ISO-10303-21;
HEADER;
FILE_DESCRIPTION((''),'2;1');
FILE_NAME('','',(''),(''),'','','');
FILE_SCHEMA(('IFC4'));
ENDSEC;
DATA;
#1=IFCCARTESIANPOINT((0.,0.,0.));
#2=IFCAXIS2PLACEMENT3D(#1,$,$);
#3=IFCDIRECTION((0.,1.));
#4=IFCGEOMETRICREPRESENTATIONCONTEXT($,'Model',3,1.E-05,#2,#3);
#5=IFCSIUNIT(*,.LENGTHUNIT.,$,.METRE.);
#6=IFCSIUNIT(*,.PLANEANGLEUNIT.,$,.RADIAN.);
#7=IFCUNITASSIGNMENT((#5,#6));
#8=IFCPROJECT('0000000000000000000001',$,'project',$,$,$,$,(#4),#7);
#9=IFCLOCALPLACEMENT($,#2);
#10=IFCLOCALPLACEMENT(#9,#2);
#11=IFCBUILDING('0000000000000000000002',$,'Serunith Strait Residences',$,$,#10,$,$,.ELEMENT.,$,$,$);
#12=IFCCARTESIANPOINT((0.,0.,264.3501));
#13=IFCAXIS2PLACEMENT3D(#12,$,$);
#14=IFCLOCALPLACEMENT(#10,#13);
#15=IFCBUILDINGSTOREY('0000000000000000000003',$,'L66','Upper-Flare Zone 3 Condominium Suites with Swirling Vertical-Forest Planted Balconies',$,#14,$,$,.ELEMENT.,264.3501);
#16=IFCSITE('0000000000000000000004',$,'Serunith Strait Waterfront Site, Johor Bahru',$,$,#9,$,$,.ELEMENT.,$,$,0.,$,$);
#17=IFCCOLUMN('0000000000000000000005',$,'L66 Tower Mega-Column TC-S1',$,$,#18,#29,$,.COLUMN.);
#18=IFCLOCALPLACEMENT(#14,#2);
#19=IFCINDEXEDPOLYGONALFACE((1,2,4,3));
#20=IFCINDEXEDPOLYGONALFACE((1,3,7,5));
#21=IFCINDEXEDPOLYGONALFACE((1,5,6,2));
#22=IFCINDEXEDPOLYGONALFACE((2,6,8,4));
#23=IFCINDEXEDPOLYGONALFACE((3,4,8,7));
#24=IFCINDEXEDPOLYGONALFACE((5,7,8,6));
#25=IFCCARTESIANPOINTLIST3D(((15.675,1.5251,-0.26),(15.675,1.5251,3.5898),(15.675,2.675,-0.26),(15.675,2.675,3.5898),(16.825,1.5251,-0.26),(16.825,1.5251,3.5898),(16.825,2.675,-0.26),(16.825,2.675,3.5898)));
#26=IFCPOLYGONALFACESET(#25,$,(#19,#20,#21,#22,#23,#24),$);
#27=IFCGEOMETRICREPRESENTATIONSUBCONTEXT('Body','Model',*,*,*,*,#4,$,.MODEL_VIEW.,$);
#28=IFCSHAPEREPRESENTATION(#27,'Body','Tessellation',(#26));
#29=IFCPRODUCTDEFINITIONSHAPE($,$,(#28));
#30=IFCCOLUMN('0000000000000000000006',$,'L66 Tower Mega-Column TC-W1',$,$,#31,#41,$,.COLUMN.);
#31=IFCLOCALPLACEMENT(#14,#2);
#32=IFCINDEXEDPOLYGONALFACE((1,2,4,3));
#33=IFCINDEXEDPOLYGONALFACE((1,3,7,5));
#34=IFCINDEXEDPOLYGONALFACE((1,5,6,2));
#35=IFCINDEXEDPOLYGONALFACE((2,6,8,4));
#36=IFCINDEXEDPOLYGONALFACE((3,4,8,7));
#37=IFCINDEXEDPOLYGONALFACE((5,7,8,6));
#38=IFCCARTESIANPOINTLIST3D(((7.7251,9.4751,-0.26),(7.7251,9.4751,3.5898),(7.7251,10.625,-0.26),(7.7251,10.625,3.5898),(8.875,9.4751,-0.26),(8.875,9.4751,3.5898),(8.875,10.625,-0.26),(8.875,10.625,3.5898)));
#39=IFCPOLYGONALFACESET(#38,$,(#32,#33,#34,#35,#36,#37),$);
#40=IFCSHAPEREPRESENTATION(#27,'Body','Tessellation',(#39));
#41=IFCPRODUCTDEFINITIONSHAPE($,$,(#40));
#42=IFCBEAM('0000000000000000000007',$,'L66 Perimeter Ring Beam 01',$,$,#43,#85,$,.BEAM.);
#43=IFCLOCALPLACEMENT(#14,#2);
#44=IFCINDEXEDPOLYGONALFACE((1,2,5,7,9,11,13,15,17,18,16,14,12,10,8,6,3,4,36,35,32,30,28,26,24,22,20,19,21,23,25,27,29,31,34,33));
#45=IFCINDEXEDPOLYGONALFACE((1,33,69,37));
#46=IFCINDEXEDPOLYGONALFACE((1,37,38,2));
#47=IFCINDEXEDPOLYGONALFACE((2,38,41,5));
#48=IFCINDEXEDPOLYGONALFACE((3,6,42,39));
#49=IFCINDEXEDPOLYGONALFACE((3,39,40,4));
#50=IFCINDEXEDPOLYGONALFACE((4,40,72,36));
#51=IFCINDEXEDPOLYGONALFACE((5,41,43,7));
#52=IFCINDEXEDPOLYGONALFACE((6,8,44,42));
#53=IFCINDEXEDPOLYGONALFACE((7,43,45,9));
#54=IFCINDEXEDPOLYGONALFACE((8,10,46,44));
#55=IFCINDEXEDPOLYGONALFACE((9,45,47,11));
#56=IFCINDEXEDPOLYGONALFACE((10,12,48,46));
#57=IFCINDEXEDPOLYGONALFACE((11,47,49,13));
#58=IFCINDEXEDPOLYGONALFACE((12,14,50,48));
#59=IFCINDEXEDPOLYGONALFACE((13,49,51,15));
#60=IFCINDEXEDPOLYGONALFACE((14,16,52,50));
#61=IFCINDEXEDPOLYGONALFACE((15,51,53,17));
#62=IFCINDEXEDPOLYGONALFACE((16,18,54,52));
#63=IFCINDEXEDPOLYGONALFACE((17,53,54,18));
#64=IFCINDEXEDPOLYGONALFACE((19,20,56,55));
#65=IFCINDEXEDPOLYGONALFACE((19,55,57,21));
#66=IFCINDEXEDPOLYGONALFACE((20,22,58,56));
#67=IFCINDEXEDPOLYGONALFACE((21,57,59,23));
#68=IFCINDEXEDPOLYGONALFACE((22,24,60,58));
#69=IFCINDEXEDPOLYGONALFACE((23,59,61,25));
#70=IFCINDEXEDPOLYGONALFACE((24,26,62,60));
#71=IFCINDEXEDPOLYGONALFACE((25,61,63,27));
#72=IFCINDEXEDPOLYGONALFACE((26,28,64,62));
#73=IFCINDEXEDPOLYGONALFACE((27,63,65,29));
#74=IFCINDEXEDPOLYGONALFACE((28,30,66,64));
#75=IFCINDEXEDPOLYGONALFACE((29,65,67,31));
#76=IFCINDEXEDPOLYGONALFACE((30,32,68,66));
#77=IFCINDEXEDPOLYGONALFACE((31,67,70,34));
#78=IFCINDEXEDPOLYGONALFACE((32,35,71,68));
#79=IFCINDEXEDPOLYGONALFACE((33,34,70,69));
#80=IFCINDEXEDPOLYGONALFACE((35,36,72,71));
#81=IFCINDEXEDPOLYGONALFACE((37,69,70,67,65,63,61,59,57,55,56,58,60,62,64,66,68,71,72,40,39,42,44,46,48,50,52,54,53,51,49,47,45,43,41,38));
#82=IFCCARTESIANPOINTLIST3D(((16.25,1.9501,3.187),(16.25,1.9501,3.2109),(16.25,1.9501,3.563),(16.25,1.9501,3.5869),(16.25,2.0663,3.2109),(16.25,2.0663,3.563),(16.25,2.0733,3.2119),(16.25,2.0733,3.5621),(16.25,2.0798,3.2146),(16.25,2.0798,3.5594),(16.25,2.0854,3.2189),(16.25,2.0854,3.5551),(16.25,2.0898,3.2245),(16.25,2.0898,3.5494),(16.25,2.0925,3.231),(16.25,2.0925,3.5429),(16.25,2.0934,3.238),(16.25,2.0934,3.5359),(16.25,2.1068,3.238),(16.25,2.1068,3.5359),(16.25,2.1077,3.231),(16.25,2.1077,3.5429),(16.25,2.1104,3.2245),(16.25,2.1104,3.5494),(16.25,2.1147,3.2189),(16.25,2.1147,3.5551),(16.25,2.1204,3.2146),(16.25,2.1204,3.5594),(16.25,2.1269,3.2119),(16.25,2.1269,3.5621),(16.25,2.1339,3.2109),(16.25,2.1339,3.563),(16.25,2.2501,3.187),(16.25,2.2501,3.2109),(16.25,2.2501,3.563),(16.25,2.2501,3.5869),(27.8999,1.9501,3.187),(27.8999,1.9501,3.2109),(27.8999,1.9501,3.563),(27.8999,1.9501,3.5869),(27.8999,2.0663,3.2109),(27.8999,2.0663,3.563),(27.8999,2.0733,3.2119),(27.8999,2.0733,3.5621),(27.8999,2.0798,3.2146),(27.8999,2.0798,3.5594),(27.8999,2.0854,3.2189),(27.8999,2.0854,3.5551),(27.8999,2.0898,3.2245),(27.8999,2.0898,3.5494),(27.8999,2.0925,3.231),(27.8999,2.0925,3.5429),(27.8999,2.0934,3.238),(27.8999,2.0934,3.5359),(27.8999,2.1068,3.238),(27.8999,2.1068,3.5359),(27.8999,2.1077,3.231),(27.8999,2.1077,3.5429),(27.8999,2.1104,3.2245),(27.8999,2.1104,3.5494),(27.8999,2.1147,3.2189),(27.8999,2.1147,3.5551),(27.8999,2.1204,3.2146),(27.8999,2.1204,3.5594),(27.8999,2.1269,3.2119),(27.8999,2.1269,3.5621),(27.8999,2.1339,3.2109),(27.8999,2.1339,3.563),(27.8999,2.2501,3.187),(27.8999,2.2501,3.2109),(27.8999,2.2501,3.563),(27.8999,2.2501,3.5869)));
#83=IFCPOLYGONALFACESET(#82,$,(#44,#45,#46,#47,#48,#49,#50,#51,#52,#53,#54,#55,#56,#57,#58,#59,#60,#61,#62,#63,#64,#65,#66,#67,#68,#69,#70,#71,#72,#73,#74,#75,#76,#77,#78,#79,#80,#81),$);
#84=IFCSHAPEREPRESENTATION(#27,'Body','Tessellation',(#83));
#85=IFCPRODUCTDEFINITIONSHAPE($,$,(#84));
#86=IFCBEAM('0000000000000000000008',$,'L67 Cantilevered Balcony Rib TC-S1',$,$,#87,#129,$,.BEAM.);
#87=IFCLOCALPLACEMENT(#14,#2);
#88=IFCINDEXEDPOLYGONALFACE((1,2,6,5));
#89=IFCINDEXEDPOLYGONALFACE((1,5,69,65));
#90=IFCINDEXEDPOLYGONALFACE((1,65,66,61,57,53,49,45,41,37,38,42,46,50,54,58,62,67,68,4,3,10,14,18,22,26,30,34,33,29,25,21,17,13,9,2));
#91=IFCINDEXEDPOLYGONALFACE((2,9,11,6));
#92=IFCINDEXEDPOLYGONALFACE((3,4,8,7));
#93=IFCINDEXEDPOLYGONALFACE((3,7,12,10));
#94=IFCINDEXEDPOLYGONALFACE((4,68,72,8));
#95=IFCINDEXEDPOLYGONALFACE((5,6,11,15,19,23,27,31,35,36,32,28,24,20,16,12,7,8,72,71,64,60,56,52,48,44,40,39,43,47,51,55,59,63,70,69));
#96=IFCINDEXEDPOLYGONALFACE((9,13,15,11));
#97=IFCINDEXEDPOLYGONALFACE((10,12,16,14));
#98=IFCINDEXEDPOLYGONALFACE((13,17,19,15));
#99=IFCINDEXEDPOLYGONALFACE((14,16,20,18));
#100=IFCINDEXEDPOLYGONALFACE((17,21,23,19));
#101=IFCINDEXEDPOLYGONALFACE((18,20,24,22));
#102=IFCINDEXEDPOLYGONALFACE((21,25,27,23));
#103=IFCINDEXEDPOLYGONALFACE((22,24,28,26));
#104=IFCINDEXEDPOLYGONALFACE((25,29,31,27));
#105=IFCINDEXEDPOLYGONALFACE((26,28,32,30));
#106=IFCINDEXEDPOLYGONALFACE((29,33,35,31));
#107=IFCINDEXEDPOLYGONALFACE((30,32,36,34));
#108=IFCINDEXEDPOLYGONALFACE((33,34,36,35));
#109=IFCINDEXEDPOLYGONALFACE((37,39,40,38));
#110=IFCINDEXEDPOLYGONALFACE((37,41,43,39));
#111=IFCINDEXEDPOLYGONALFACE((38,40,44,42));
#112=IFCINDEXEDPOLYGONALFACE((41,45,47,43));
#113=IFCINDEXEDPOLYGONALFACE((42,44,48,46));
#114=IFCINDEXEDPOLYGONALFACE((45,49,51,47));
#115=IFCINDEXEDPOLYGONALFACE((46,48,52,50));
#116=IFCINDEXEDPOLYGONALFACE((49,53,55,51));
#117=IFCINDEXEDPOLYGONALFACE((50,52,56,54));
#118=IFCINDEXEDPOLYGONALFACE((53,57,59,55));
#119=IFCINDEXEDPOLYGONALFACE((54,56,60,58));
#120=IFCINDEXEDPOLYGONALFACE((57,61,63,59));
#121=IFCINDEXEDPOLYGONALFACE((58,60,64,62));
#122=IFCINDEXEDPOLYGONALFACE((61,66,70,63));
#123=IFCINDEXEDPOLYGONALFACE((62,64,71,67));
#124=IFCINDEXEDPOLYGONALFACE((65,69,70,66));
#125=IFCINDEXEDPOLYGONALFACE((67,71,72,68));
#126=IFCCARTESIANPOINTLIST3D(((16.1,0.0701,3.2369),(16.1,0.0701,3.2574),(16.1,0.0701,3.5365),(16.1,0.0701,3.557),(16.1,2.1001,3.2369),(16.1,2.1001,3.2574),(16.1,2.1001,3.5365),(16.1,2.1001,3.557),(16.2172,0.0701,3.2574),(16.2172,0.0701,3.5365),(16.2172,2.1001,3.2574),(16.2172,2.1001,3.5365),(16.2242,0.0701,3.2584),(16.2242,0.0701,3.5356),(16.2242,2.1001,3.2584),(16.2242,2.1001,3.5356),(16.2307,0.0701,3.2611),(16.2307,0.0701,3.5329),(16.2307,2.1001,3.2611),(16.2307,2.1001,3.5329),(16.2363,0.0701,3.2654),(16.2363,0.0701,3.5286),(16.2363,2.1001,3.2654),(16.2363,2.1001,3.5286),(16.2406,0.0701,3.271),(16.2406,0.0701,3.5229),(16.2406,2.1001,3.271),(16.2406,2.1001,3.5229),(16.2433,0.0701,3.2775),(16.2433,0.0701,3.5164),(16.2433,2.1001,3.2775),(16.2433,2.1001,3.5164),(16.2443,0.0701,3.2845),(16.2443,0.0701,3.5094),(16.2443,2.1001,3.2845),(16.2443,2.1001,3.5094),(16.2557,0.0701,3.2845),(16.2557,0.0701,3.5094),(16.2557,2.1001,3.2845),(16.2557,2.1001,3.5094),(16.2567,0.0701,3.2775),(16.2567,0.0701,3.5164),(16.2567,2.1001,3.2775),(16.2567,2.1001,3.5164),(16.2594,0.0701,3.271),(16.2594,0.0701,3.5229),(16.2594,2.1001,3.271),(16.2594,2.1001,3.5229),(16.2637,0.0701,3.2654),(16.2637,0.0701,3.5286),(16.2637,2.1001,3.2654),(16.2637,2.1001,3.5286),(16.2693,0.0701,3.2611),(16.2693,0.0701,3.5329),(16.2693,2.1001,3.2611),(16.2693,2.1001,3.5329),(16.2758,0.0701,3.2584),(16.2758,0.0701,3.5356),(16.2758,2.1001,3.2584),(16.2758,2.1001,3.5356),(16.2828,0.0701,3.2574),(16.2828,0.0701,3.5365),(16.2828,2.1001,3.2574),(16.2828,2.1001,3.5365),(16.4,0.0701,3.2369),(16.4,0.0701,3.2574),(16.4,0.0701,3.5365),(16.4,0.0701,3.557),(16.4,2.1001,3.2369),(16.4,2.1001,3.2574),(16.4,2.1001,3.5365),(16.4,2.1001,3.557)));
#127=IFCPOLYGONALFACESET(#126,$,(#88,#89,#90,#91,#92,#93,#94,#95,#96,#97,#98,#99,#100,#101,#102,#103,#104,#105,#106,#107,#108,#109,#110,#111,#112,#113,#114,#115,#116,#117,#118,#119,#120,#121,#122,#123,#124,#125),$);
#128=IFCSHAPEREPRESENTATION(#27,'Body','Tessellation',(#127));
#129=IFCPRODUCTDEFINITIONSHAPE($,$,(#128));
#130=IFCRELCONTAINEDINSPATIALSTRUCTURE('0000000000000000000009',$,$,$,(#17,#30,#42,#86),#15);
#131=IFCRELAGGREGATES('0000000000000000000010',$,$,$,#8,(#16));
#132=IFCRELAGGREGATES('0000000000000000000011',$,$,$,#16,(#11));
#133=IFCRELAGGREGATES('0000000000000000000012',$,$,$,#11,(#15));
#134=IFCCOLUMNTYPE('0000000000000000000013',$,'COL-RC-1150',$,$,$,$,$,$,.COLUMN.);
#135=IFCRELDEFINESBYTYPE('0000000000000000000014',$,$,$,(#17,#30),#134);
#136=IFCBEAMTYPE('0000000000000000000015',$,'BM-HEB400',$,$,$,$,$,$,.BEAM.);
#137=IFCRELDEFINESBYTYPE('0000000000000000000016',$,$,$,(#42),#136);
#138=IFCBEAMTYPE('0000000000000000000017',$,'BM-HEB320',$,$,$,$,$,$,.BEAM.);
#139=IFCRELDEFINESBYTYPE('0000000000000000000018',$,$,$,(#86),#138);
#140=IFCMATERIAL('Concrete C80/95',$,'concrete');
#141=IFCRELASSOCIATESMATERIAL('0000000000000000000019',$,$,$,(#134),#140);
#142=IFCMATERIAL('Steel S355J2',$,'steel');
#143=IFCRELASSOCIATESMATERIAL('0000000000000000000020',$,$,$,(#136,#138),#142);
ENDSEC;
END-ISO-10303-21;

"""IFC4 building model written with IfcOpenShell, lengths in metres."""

from ifc_helpers import new_model, si_unit, direction, frame, origin, origin_2d, place, context, subcontext, project, spatial, rectangle, i_section, extrude, source, transform, mapped, material, material_profile, profile_set, type_object, element, save


model = new_model("IFC4")

# Units and contexts
model_context = context("Model", 3, precision=1e-05, world=origin(), true_north=direction((0.0, 1.0)))
body_context = subcontext(model_context, "Body", "Model", "MODEL_VIEW")
ifc_project = project(units=[si_unit("LENGTHUNIT", "METRE"), si_unit("PLANEANGLEUNIT", "RADIAN")], contexts=[model_context])

# Site, building, storey
site_placement = place(None, origin())
site = spatial("IfcSite", under=ifc_project, at=site_placement, Name="Serunith Strait Waterfront Site, Johor Bahru", CompositionType="ELEMENT", RefElevation=0.0)
building_placement = place(site_placement, origin())
building = spatial("IfcBuilding", under=site, at=building_placement, Name="Serunith Strait Residences", CompositionType="ELEMENT")
storey_placement = place(building_placement, frame((0.0, 0.0, 264.3501)))
storey = spatial("IfcBuildingStorey", under=building, at=storey_placement, Name="L66", Description="Upper-Flare Zone 3 Condominium Suites with Swirling Vertical-Forest Planted Balconies", CompositionType="ELEMENT", Elevation=264.3501)

# Columns
ifc_material_1 = material(Name="Concrete C80/95", Category="concrete")
ifc_material_profile_1 = material_profile(ifc_material_1, rectangle(XDim=1.1499, YDim=1.1499, at=origin_2d()), Name="RC 1150x1150")
ifc_profile_set_1 = profile_set([ifc_material_profile_1], Name="Concrete C80/95")
column_type = type_object("IfcColumnType", Name="COL-RC-1150", PredefinedType="COLUMN", material=ifc_profile_set_1)
shared_shape_1 = source(origin(), body_context, "Body", "SweptSolid", [
    extrude(rectangle(XDim=1.1499, YDim=1.1499, at=origin_2d()), origin(), (0.0, 0.0, 1.0), 3.8499),
])
for number, where, z_axis, x_axis, name in (
    (1, (16.25, 2.1001, -0.26), (0.0, 0.0, 1.0), (1.0, 0.0, 0.0), "L66 Tower Mega-Column TC-S1"),
    (2, (8.3, 10.05, -0.26), (0.0, 0.0, 1.0), (1.0, 0.0, 0.0), "L66 Tower Mega-Column TC-W1"),
):
    element("IfcColumn", number, at=place(storey_placement, frame(where, z_axis=z_axis, x_axis=x_axis)), inside=storey, type_object=column_type, Name=name, PredefinedType="COLUMN", context=body_context, shape_type="MappedRepresentation", body=[
        mapped(shared_shape_1, transform((0.0, 0.0, 0.0), scale=1.0)),
    ])

# Beams
ifc_material_2 = material(Name="Steel S355J2", Category="steel")
ifc_material_profile_2 = material_profile(ifc_material_2, i_section(OverallWidth=0.3, OverallDepth=0.3999, WebThickness=0.0134, FlangeThickness=0.0239, FilletRadius=0.0271, at=origin_2d()), Name="HEB 400")
ifc_profile_set_2 = profile_set([ifc_material_profile_2], Name="Steel S355J2")
beam_type_1 = type_object("IfcBeamType", Name="BM-HEB400", PredefinedType="BEAM", material=ifc_profile_set_2)
shared_shape_2 = source(origin(), body_context, "Body", "SweptSolid", [
    extrude(i_section(OverallWidth=0.3, OverallDepth=0.3999, WebThickness=0.0134, FlangeThickness=0.0239, FilletRadius=0.0271, at=origin_2d()), origin(), (0.0, 0.0, 1.0), 11.6499),
])
beam_1_placement = place(storey_placement, frame((16.25, 2.1001, 3.387), z_axis=(1.0, 0.0, 0.0), x_axis=(0.0, 1.0, 0.0)))
element("IfcBeam", 3, at=beam_1_placement, inside=storey, type_object=beam_type_1, Name="L66 Perimeter Ring Beam 01", PredefinedType="BEAM", context=body_context, shape_type="MappedRepresentation", body=[
    mapped(shared_shape_2, transform((0.0, 0.0, 0.0), scale=1.0)),
])
ifc_material_profile_3 = material_profile(ifc_material_2, i_section(OverallWidth=0.3, OverallDepth=0.3201, WebThickness=0.0115, FlangeThickness=0.0205, FilletRadius=0.0271, at=origin_2d()), Name="HEB 320")
ifc_profile_set_3 = profile_set([ifc_material_profile_3], Name="Steel S355J2")
beam_type_2 = type_object("IfcBeamType", Name="BM-HEB320", PredefinedType="BEAM", material=ifc_profile_set_3)
shared_shape_3 = source(origin(), body_context, "Body", "SweptSolid", [
    extrude(i_section(OverallWidth=0.3, OverallDepth=0.3201, WebThickness=0.0115, FlangeThickness=0.0205, FilletRadius=0.0271, at=origin_2d()), origin(), (0.0, 0.0, 1.0), 2.03),
])
beam_2_placement = place(storey_placement, frame((16.25, 2.1001, 3.397), z_axis=(0.0, -1.0, 0.0), x_axis=(1.0, 0.0, 0.0)))
element("IfcBeam", 4, at=beam_2_placement, inside=storey, type_object=beam_type_2, Name="L67 Cantilevered Balcony Rib TC-S1", PredefinedType="BEAM", context=body_context, shape_type="MappedRepresentation", body=[
    mapped(shared_shape_3, transform((0.0, 0.0, 0.0), scale=1.0)),
])

save(model, "model.ifc")
